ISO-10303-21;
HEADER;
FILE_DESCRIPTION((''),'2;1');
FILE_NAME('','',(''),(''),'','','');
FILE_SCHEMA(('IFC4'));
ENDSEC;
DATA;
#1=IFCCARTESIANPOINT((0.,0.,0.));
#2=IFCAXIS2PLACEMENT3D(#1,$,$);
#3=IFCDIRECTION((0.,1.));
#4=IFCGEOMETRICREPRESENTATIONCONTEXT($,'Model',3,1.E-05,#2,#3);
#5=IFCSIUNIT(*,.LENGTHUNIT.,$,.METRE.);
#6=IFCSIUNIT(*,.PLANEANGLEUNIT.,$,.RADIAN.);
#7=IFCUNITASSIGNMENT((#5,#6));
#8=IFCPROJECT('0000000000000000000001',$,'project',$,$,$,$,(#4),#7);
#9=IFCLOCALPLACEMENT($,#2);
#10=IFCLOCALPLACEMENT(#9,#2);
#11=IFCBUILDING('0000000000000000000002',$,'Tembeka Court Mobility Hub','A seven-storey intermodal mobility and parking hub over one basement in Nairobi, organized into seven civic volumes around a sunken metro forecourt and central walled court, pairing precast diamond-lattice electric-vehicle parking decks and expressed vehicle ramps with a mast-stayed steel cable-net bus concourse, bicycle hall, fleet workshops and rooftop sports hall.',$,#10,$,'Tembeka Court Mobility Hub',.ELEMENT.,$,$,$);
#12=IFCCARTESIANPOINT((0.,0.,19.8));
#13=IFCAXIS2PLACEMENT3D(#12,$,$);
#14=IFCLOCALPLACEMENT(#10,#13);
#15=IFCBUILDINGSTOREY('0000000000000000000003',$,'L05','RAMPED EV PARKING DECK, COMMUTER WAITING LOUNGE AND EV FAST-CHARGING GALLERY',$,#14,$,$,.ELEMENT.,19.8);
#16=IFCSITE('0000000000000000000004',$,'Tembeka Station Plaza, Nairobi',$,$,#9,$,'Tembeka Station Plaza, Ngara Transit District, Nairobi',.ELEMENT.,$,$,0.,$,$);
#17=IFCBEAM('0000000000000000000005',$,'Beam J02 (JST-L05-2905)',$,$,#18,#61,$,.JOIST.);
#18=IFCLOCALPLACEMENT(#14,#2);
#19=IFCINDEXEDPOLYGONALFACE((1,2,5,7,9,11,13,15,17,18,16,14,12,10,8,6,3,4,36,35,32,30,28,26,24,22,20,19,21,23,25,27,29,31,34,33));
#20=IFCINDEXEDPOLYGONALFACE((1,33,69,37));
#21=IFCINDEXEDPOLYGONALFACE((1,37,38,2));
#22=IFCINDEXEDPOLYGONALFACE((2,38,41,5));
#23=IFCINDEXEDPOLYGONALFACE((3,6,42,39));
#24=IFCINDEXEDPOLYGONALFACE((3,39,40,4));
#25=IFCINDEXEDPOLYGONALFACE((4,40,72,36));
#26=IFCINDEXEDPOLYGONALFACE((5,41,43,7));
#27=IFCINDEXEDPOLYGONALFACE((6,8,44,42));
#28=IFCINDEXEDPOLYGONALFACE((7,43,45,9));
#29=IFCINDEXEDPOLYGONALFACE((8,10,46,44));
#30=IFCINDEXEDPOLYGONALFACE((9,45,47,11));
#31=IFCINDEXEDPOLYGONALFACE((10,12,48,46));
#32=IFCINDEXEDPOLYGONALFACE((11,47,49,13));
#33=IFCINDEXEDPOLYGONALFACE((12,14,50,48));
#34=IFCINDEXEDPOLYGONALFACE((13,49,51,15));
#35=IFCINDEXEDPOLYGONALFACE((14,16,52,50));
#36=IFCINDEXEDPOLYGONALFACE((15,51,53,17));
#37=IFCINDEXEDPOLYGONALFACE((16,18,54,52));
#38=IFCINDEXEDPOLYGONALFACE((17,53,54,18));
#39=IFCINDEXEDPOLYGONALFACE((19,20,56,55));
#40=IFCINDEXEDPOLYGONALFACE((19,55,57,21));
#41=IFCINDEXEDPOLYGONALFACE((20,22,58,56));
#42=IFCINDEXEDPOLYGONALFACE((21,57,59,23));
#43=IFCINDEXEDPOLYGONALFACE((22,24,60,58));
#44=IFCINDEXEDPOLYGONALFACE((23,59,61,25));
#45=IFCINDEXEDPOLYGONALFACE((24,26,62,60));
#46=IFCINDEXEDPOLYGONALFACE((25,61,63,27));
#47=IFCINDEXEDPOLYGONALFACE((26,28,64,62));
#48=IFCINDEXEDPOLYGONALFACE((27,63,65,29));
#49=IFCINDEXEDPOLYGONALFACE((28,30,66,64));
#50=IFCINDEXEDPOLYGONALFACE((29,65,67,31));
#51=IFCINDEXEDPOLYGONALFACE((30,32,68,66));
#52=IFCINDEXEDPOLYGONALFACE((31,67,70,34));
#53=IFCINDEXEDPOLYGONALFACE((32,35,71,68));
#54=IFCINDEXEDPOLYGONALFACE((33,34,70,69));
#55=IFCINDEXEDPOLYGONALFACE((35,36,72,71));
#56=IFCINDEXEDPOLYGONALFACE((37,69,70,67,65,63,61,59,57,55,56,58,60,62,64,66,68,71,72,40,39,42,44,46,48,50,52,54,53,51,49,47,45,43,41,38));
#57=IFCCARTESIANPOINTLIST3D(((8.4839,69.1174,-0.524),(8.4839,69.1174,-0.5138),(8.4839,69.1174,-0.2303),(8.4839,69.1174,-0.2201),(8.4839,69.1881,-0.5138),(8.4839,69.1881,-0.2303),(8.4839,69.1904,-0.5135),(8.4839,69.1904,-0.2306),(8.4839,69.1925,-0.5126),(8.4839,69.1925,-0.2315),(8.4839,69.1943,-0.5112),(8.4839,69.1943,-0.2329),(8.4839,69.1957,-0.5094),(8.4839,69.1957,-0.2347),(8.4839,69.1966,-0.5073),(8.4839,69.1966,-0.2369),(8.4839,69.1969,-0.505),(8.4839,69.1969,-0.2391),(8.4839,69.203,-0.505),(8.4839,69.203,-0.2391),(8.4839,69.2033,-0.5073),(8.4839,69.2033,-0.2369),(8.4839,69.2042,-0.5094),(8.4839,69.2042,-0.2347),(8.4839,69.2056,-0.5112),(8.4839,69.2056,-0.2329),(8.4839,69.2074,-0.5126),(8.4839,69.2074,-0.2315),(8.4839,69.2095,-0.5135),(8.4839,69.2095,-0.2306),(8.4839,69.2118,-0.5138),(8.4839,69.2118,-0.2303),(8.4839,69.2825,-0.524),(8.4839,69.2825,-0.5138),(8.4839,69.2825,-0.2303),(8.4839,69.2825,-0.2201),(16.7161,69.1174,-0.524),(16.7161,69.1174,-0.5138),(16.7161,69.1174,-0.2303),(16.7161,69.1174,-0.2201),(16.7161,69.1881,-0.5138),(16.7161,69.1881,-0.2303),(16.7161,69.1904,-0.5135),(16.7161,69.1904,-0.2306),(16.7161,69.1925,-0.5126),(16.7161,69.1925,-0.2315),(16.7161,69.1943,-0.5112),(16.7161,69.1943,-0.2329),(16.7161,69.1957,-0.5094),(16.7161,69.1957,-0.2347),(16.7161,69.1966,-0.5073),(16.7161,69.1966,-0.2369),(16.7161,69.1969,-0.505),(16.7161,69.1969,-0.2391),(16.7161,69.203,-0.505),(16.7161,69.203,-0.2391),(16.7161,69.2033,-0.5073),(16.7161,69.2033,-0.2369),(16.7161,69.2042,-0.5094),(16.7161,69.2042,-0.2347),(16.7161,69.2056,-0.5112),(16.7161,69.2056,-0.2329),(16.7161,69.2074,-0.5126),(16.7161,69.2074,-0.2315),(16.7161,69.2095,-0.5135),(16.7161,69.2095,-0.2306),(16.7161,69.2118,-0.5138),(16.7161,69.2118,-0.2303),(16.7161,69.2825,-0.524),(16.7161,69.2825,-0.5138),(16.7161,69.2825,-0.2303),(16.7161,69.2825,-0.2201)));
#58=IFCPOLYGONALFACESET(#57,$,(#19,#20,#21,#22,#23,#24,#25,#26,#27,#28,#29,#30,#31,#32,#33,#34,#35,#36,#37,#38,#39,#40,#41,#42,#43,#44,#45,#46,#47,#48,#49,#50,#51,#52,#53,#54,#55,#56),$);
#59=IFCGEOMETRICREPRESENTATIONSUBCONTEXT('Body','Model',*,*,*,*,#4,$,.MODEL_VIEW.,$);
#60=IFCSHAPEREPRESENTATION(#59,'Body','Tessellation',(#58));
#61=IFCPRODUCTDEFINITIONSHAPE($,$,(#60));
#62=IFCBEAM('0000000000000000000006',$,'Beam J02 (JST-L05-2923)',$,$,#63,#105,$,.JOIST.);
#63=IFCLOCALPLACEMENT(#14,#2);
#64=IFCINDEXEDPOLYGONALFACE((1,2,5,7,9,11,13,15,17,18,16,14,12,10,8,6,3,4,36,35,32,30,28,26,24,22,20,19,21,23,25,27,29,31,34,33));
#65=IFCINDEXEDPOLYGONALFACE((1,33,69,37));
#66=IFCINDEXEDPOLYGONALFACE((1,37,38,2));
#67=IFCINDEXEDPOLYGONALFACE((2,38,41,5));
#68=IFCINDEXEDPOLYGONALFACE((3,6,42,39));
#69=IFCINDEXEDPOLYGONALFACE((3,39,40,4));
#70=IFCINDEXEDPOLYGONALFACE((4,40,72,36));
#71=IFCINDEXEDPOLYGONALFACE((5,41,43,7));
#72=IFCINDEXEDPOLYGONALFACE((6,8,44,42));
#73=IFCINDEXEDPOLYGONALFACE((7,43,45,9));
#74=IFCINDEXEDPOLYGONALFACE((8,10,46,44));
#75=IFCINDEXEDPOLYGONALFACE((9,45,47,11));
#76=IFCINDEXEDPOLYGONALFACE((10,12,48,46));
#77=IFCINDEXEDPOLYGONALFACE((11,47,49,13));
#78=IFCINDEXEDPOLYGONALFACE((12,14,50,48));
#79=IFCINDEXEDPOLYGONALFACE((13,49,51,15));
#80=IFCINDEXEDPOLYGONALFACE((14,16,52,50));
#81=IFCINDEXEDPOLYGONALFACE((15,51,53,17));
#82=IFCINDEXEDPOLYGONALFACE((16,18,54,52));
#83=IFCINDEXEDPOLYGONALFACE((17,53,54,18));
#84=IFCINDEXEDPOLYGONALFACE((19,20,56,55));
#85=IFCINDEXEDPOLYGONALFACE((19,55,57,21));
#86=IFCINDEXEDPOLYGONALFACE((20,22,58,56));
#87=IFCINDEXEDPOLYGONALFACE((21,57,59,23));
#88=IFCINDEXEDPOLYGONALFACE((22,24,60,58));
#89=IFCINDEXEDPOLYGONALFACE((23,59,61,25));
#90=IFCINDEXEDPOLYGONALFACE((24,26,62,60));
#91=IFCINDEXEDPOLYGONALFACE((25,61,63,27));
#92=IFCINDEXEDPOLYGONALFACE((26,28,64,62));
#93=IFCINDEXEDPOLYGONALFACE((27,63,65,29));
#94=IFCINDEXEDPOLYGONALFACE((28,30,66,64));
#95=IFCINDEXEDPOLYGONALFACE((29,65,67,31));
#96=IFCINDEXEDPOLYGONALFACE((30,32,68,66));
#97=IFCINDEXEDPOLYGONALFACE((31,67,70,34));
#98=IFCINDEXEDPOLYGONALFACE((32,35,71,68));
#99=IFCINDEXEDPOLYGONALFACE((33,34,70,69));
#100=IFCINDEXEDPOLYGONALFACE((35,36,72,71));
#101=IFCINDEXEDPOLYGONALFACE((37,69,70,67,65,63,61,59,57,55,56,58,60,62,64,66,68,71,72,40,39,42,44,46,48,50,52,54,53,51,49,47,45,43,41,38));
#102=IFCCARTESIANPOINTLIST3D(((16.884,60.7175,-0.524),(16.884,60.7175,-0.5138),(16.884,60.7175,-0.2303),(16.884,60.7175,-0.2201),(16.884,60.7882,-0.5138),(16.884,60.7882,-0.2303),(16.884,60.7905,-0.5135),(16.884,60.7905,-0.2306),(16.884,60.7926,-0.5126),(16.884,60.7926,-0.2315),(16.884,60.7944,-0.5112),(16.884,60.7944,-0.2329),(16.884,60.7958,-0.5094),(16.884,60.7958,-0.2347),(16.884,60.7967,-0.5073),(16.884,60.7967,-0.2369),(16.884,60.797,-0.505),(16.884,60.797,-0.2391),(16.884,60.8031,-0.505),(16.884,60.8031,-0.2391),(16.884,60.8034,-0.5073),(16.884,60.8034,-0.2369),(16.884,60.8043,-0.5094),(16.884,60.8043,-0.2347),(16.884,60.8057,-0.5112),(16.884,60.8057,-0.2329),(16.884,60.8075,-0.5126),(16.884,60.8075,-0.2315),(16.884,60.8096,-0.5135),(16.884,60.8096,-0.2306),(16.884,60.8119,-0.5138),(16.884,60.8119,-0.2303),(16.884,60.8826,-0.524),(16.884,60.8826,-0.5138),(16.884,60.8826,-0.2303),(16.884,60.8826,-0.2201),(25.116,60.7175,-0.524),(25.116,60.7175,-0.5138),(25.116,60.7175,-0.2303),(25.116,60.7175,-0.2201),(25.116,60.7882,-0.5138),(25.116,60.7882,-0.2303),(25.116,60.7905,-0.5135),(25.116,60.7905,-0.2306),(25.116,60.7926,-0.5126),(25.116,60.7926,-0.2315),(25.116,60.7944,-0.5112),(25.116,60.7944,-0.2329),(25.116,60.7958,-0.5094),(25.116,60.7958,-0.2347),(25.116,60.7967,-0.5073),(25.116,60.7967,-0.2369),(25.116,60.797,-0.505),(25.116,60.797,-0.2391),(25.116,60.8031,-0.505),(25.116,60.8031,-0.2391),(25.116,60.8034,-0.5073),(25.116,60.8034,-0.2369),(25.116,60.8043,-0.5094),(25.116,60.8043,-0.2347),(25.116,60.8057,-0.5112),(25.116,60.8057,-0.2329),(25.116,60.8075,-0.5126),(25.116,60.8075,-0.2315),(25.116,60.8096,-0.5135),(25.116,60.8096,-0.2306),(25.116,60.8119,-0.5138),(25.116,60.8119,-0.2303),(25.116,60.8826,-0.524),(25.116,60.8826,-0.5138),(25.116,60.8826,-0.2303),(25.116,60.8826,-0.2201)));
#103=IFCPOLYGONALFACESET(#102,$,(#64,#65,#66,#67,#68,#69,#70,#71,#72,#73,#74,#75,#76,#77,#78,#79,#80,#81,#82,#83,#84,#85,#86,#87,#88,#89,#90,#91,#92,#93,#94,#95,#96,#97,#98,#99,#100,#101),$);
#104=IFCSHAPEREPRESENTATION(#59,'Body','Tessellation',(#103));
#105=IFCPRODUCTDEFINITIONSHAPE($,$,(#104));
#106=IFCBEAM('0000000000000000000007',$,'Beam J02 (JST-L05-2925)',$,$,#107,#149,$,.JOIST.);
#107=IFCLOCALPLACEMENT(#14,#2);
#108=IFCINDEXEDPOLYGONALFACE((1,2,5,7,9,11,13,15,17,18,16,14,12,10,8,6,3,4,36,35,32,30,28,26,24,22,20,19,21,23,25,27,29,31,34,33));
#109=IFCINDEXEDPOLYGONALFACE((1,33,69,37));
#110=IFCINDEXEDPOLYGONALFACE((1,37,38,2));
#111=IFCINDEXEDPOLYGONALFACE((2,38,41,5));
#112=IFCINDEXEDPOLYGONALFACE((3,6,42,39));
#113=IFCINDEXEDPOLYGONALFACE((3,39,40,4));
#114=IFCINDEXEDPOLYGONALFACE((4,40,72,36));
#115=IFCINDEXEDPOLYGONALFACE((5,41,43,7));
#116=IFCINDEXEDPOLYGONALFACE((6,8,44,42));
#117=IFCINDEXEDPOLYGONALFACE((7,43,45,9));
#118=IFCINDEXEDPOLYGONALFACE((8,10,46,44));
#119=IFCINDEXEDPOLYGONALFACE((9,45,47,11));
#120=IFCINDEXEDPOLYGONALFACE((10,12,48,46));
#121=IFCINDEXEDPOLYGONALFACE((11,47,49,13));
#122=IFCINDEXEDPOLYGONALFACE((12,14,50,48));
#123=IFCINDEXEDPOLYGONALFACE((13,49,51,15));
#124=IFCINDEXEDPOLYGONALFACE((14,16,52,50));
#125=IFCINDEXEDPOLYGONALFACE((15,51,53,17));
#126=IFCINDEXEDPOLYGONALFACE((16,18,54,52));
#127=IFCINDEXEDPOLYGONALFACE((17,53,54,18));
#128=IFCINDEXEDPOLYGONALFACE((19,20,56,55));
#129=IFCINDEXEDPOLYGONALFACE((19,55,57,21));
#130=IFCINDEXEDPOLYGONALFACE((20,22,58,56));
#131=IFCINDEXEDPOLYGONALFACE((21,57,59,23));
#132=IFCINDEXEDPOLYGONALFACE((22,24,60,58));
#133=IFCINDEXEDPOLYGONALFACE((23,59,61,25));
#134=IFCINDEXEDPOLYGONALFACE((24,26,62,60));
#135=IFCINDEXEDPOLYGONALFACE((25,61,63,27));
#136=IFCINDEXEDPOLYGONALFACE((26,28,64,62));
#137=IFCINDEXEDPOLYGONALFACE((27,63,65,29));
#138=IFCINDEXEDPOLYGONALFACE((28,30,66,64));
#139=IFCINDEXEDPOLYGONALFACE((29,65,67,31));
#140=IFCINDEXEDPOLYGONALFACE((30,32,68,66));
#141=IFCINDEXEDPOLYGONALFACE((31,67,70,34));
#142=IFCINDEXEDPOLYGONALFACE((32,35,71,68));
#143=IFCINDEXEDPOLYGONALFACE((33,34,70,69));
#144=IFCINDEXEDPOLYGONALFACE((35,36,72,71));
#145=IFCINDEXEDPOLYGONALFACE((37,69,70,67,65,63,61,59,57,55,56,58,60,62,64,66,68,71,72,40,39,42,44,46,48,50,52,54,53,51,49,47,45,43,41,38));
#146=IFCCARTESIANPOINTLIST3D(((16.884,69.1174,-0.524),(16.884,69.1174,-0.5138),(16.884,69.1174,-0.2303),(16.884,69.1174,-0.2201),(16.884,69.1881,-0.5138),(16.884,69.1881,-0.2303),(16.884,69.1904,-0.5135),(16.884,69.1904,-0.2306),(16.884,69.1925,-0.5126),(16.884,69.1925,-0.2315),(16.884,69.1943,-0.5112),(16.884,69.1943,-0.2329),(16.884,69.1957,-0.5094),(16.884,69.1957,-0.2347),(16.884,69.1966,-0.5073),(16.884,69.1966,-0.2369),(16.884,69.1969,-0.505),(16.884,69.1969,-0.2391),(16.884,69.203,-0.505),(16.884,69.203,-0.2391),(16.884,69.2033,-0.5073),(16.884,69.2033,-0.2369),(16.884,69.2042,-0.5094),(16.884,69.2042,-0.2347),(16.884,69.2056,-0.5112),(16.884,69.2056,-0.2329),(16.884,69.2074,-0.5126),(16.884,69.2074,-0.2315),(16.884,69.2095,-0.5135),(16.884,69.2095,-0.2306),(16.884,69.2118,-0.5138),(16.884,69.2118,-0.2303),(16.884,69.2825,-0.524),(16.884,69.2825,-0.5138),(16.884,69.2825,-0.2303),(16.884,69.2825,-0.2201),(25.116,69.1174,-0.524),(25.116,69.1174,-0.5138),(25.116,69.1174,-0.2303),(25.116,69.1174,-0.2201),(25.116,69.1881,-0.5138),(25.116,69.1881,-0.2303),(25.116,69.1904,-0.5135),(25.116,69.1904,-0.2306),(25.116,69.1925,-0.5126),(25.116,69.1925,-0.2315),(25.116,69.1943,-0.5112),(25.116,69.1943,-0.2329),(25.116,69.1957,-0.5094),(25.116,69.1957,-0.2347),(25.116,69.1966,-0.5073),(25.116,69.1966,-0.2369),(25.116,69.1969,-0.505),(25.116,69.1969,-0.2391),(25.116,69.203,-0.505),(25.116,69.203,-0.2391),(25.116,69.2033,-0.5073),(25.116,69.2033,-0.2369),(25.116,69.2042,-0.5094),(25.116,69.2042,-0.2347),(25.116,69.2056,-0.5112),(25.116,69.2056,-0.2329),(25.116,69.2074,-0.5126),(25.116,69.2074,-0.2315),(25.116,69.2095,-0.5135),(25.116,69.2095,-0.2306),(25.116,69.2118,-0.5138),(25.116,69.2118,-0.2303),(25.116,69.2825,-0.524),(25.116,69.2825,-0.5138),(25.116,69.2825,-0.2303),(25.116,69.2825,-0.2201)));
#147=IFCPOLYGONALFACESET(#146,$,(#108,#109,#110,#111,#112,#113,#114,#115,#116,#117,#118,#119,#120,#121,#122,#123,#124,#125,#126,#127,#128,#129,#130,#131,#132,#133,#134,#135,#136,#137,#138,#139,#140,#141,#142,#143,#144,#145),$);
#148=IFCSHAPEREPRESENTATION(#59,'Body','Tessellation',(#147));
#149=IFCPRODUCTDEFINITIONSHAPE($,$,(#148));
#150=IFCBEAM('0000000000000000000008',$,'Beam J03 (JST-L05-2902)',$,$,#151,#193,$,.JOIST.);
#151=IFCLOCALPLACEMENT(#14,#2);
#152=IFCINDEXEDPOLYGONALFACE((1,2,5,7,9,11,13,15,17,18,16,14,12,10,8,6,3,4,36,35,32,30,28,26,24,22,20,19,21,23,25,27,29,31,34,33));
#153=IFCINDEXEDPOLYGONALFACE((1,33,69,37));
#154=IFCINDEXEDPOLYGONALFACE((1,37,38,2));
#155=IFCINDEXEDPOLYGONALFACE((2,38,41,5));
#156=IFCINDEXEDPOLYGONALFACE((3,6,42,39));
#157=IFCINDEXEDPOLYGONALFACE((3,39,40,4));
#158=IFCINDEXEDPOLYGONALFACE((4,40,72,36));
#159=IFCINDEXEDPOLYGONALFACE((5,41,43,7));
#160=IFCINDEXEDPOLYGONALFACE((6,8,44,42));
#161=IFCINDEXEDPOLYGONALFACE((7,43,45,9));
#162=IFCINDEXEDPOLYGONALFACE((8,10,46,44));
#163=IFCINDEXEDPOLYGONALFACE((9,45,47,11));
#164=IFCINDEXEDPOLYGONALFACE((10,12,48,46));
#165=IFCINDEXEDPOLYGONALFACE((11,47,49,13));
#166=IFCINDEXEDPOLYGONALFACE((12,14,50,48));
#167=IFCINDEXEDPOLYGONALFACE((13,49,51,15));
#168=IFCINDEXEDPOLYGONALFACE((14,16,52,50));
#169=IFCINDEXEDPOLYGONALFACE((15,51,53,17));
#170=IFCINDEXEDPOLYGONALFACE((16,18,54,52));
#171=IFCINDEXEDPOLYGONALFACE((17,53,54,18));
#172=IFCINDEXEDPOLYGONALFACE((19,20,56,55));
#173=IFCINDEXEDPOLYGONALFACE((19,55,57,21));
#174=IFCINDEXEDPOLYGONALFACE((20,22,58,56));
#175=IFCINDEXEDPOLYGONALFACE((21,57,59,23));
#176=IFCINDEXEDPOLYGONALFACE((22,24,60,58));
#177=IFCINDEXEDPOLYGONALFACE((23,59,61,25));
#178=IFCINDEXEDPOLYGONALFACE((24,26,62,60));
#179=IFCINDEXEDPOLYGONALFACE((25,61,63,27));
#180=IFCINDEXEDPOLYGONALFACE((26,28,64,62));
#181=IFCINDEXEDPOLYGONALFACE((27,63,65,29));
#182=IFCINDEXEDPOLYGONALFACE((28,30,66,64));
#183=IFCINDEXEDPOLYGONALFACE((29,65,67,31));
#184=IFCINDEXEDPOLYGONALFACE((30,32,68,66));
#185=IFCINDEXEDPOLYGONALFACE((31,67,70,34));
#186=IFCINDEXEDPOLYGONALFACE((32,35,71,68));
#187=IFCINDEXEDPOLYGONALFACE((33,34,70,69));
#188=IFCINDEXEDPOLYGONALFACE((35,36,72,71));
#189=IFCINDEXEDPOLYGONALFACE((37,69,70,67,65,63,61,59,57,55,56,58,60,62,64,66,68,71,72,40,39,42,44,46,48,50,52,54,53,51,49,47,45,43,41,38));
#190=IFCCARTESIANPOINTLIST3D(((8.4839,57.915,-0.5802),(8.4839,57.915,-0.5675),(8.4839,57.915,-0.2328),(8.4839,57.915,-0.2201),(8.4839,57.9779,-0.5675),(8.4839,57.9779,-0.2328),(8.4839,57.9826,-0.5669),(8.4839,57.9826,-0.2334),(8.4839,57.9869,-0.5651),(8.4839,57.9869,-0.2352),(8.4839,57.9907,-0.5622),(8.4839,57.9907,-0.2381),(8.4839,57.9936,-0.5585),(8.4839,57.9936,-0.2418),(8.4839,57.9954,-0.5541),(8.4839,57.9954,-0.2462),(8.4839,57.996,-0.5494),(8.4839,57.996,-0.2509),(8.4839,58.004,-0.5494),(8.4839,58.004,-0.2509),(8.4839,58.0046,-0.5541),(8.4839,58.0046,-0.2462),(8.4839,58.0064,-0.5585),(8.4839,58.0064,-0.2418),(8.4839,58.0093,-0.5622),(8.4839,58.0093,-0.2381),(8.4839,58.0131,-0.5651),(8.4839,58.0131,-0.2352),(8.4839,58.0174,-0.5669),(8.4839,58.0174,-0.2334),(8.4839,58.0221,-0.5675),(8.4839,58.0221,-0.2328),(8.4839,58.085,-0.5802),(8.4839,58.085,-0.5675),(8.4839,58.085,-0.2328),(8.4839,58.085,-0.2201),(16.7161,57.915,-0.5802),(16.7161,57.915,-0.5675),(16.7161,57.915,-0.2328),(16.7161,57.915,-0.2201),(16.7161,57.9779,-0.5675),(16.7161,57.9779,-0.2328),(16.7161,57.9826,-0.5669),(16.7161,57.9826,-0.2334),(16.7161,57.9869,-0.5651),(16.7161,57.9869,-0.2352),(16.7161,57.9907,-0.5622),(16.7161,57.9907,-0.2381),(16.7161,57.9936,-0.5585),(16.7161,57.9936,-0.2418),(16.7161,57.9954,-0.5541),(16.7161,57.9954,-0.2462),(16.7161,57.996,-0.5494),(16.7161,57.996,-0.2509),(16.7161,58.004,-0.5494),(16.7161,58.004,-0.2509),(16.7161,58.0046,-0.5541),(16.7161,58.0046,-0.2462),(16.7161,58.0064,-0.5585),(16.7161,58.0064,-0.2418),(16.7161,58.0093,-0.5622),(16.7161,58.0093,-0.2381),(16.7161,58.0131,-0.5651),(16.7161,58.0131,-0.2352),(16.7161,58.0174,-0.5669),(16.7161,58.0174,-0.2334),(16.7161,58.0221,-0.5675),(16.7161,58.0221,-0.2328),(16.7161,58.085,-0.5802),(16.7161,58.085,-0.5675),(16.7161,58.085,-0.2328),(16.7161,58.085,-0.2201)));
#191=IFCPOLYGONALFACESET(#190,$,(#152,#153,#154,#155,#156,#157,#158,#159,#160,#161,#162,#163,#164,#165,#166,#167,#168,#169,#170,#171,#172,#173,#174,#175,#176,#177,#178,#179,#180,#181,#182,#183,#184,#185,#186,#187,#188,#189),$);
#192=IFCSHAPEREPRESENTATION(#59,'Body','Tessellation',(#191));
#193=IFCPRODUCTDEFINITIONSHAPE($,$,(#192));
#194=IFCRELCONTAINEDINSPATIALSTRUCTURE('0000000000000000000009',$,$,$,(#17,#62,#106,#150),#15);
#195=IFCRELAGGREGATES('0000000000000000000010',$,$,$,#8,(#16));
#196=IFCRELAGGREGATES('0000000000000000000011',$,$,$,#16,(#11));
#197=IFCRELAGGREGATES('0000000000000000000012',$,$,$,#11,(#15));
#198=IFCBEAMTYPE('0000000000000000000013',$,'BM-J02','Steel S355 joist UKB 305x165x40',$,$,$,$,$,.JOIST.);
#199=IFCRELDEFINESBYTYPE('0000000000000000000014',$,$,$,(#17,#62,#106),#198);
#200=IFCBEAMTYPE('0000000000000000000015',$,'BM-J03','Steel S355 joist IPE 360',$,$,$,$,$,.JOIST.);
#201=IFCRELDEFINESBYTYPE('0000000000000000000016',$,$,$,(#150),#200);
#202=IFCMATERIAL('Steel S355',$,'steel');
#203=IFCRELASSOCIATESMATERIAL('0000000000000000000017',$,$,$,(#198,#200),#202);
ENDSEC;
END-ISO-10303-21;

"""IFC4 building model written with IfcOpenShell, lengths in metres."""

from ifc_helpers import new_model, si_unit, direction, frame, origin, origin_2d, place, context, subcontext, project, spatial, i_section, extrude, material, material_profile, profile_set, type_object, element, save


model = new_model("IFC4")

# Units and contexts
model_context = context("Model", 3, precision=1e-05, world=origin(), true_north=direction((0.0, 1.0)))
body_context = subcontext(model_context, "Body", "Model", "MODEL_VIEW")
ifc_project = project(units=[si_unit("LENGTHUNIT", "METRE"), si_unit("PLANEANGLEUNIT", "RADIAN")], contexts=[model_context])

# Site, building, storey
site_placement = place(None, origin())
site = spatial("IfcSite", under=ifc_project, at=site_placement, Name="Tembeka Station Plaza, Nairobi", LongName="Tembeka Station Plaza, Ngara Transit District, Nairobi", CompositionType="ELEMENT", RefElevation=0.0)
building_placement = place(site_placement, origin())
building = spatial("IfcBuilding", under=site, at=building_placement, Name="Tembeka Court Mobility Hub", Description="A seven-storey intermodal mobility and parking hub over one basement in Nairobi, organized into seven civic volumes around a sunken metro forecourt and central walled court, pairing precast diamond-lattice electric-vehicle parking decks and expressed vehicle ramps with a mast-stayed steel cable-net bus concourse, bicycle hall, fleet workshops and rooftop sports hall.", LongName="Tembeka Court Mobility Hub", CompositionType="ELEMENT")
storey_placement = place(building_placement, frame((0.0, 0.0, 19.8)))
storey = spatial("IfcBuildingStorey", under=building, at=storey_placement, Name="L05", Description="RAMPED EV PARKING DECK, COMMUTER WAITING LOUNGE AND EV FAST-CHARGING GALLERY", CompositionType="ELEMENT", Elevation=19.8)

# Shared definitions
ifc_material_1 = material(Name="Steel S355", Category="steel")

# Beams
ifc_material_profile_1 = material_profile(ifc_material_1, i_section(OverallWidth=0.165, OverallDepth=0.304, WebThickness=0.0061, FlangeThickness=0.0103, FilletRadius=0.0088, at=origin_2d()), Name="UKB 305x165x40")
ifc_profile_set_1 = profile_set([ifc_material_profile_1], Name="Steel S355")
beam_type_1 = type_object("IfcBeamType", Name="BM-J02", Description="Steel S355 joist UKB 305x165x40", PredefinedType="JOIST", material=ifc_profile_set_1)
for number, where, z_axis, x_axis, name in (
    (1, (8.4839, 69.2, -0.3721), (1.0, 0.0, 0.0), (0.0, 1.0, 0.0), "Beam J02 (JST-L05-2905)"),
):
    element("IfcBeam", number, at=place(storey_placement, frame(where, z_axis=z_axis, x_axis=x_axis)), inside=storey, type_object=beam_type_1, Name=name, PredefinedType="JOIST", context=body_context, shape_type="SweptSolid", body=[
        extrude(i_section(OverallWidth=0.165, OverallDepth=0.304, WebThickness=0.0061, FlangeThickness=0.0103, FilletRadius=0.0088, at=origin_2d()), origin(), (0.0, 0.0, 1.0), 8.2322),
    ])
for number, where, z_axis, x_axis, name in (
    (2, (16.884, 60.8, -0.3721), (1.0, 0.0, 0.0), (0.0, 1.0, 0.0), "Beam J02 (JST-L05-2923)"),
    (3, (16.884, 69.2, -0.3721), (1.0, 0.0, 0.0), (0.0, 1.0, 0.0), "Beam J02 (JST-L05-2925)"),
):
    element("IfcBeam", number, at=place(storey_placement, frame(where, z_axis=z_axis, x_axis=x_axis)), inside=storey, type_object=beam_type_1, Name=name, PredefinedType="JOIST", context=body_context, shape_type="SweptSolid", body=[
        extrude(i_section(OverallWidth=0.165, OverallDepth=0.304, WebThickness=0.0061, FlangeThickness=0.0103, FilletRadius=0.0088, at=origin_2d()), origin(), (0.0, 0.0, 1.0), 8.2319),
    ])
ifc_material_profile_2 = material_profile(ifc_material_1, i_section(OverallWidth=0.1699, OverallDepth=0.3601, WebThickness=0.0081, FlangeThickness=0.0127, FilletRadius=0.0181, at=origin_2d()), Name="IPE 360")
ifc_profile_set_2 = profile_set([ifc_material_profile_2], Name="Steel S355")
beam_type_2 = type_object("IfcBeamType", Name="BM-J03", Description="Steel S355 joist IPE 360", PredefinedType="JOIST", material=ifc_profile_set_2)
for number, where, z_axis, x_axis, name in (
    (4, (8.4839, 58.0, -0.4001), (1.0, 0.0, 0.0), (0.0, 1.0, 0.0), "Beam J03 (JST-L05-2902)"),
):
    element("IfcBeam", number, at=place(storey_placement, frame(where, z_axis=z_axis, x_axis=x_axis)), inside=storey, type_object=beam_type_2, Name=name, PredefinedType="JOIST", context=body_context, shape_type="SweptSolid", body=[
        extrude(i_section(OverallWidth=0.1699, OverallDepth=0.3601, WebThickness=0.0081, FlangeThickness=0.0127, FilletRadius=0.0181, at=origin_2d()), origin(), (0.0, 0.0, 1.0), 8.2322),
    ])

save(model, "model.ifc")
